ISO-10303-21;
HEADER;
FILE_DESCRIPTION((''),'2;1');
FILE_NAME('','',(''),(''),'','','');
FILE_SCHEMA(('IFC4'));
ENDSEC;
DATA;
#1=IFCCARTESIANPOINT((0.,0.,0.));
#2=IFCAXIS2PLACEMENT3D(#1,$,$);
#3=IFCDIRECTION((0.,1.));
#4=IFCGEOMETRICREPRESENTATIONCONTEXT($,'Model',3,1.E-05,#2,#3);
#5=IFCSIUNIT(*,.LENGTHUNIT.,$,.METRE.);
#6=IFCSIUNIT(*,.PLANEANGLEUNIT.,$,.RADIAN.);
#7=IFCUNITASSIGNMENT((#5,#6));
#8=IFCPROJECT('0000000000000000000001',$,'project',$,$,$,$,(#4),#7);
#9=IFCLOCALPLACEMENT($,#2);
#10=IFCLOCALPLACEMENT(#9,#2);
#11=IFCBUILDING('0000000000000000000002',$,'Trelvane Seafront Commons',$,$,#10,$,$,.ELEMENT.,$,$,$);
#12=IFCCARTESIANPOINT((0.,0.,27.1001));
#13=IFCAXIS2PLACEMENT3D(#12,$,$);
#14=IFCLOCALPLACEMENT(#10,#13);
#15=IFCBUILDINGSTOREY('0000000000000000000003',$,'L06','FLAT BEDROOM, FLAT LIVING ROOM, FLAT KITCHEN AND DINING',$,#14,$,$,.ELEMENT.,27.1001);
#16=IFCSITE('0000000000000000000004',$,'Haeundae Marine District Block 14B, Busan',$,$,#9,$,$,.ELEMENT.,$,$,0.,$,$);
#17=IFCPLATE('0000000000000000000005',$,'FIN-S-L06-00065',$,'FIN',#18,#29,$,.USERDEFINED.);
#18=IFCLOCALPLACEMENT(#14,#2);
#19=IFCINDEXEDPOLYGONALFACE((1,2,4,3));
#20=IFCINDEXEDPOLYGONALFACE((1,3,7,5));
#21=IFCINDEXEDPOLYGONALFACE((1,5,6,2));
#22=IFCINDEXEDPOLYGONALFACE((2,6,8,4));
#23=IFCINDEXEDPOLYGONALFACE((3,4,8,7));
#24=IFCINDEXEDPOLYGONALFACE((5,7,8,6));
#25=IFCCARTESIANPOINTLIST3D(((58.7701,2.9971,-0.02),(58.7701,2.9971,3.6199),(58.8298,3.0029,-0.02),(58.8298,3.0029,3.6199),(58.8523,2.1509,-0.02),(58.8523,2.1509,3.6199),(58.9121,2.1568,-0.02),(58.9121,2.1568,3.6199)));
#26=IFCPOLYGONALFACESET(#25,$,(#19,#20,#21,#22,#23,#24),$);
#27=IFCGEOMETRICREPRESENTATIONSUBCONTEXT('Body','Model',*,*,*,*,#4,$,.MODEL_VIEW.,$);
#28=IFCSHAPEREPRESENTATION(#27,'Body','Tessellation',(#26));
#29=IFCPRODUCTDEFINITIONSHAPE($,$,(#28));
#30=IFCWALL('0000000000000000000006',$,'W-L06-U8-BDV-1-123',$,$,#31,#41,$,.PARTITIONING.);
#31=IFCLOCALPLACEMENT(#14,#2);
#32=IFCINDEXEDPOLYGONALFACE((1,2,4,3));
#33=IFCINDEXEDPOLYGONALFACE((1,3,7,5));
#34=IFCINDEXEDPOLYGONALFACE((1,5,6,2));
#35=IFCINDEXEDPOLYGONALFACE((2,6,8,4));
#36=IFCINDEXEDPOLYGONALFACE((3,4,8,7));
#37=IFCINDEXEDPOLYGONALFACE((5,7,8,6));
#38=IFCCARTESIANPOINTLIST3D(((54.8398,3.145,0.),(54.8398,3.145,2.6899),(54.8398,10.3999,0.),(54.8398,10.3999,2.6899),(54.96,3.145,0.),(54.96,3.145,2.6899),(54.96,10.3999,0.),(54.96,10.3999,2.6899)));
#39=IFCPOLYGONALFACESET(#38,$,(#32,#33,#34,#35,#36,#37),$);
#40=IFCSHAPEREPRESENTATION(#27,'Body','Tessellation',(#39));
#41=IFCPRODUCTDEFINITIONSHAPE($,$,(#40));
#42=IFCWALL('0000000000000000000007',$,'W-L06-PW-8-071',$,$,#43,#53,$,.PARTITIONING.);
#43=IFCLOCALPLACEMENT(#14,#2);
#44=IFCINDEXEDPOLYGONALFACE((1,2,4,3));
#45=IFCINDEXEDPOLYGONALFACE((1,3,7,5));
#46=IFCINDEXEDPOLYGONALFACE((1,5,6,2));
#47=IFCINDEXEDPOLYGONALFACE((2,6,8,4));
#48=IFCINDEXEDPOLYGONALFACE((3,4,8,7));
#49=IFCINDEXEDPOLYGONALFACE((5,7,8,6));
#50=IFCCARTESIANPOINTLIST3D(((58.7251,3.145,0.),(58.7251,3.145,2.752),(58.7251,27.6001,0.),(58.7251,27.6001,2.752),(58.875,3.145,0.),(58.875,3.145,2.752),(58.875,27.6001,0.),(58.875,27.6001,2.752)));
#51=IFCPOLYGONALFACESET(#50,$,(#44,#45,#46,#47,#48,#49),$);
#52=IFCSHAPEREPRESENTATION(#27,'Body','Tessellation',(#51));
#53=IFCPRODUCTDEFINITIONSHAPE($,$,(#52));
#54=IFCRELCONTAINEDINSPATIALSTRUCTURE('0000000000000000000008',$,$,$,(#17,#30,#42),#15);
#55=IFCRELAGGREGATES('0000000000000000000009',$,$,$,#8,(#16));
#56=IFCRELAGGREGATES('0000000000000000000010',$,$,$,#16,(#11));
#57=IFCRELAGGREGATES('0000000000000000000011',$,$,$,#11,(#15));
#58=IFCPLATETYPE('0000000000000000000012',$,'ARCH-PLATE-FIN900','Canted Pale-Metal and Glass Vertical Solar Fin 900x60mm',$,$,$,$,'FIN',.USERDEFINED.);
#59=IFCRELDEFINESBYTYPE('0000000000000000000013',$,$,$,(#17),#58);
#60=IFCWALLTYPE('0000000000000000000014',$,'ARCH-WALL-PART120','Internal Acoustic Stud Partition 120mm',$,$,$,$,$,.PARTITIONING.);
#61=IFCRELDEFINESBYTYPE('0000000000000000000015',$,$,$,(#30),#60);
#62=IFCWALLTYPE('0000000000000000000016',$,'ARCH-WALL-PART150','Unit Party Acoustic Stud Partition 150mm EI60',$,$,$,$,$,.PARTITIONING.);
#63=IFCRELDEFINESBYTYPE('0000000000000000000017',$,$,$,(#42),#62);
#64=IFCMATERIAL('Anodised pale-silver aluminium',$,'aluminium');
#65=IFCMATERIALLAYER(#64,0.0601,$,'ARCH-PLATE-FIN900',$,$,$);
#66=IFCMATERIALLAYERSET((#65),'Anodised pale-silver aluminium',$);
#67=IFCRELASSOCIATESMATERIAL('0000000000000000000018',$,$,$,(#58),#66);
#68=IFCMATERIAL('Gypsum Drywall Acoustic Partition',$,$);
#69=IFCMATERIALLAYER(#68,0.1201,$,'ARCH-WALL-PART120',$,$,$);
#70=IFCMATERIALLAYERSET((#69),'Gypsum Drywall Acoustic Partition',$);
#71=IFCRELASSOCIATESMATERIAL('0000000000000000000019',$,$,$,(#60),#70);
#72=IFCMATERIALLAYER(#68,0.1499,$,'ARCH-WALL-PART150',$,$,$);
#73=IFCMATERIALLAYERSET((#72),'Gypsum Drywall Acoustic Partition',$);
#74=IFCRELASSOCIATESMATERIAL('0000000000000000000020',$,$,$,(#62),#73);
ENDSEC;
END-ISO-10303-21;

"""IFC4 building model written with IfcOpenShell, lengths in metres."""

from ifc_helpers import new_model, si_unit, direction, frame, frame_2d, origin, origin_2d, place, context, subcontext, project, spatial, rectangle, extrude, source, transform, mapped, material, layer, layer_set, type_object, element, save


model = new_model("IFC4")

# Units and contexts
model_context = context("Model", 3, precision=1e-05, world=origin(), true_north=direction((0.0, 1.0)))
body_context = subcontext(model_context, "Body", "Model", "MODEL_VIEW")
ifc_project = project(units=[si_unit("LENGTHUNIT", "METRE"), si_unit("PLANEANGLEUNIT", "RADIAN")], contexts=[model_context])

# Site, building, storey
site_placement = place(None, origin())
site = spatial("IfcSite", under=ifc_project, at=site_placement, Name="Haeundae Marine District Block 14B, Busan", CompositionType="ELEMENT", RefElevation=0.0)
building_placement = place(site_placement, origin())
building = spatial("IfcBuilding", under=site, at=building_placement, Name="Trelvane Seafront Commons", CompositionType="ELEMENT")
storey_placement = place(building_placement, frame((0.0, 0.0, 27.1001)))
storey = spatial("IfcBuildingStorey", under=building, at=storey_placement, Name="L06", Description="FLAT BEDROOM, FLAT LIVING ROOM, FLAT KITCHEN AND DINING", CompositionType="ELEMENT", Elevation=27.1001)

# Plate
ifc_material_1 = material(Name="Anodised pale-silver aluminium", Category="aluminium")
ifc_layer_1 = layer(ifc_material_1, 0.0601, Name="ARCH-PLATE-FIN900")
ifc_layer_set_1 = layer_set([ifc_layer_1], Name="Anodised pale-silver aluminium")
plate_type = type_object("IfcPlateType", Name="ARCH-PLATE-FIN900", Description="Canted Pale-Metal and Glass Vertical Solar Fin 900x60mm", ElementType="FIN", PredefinedType="USERDEFINED", material=ifc_layer_set_1)
shared_shape_1 = source(origin(), body_context, "Body", "SweptSolid", [
    extrude(rectangle(XDim=0.8501, YDim=0.0601, at=origin_2d()), origin(), (0.0, 0.0, 1.0), 3.6399),
])
plate_placement = place(storey_placement, frame((58.8411, 2.5769, -0.02), z_axis=(0.0, 0.0, 1.0), x_axis=(0.096707, -0.995313, 0.0)))
element("IfcPlate", 1, at=plate_placement, inside=storey, type_object=plate_type, Name="FIN-S-L06-00065", ObjectType="FIN", PredefinedType="USERDEFINED", context=body_context, shape_type="MappedRepresentation", body=[
    mapped(shared_shape_1, transform((0.0, 0.0, 0.0), x_axis=(1.0, 0.0, 0.0), y_axis=(0.0, 1.0, 0.0), z_axis=(0.0, 0.0, 1.0), scale=1.0)),
])

# Shared definitions
ifc_material_2 = material(Name="Gypsum Drywall Acoustic Partition")
ifc_layer_2 = layer(ifc_material_2, 0.1201, Name="ARCH-WALL-PART120")
ifc_layer_set_2 = layer_set([ifc_layer_2], Name="Gypsum Drywall Acoustic Partition")
wall_type_1 = type_object("IfcWallType", Name="ARCH-WALL-PART120", Description="Internal Acoustic Stud Partition 120mm", PredefinedType="PARTITIONING", material=ifc_layer_set_2)

# Walls
wall_1_placement = place(storey_placement, frame((54.8999, 3.145, 0.0), z_axis=(0.0, 0.0, 1.0), x_axis=(0.0, 1.0, 0.0)))
element("IfcWall", 2, at=wall_1_placement, inside=storey, type_object=wall_type_1, Name="W-L06-U8-BDV-1-123", PredefinedType="PARTITIONING", context=body_context, shape_type="SweptSolid", body=[
    extrude(rectangle(XDim=7.2549, YDim=0.1201, at=frame_2d((3.6274, 0.0))), origin(), (0.0, 0.0, 1.0), 2.6899),
])
ifc_layer_3 = layer(ifc_material_2, 0.1499, Name="ARCH-WALL-PART150")
ifc_layer_set_3 = layer_set([ifc_layer_3], Name="Gypsum Drywall Acoustic Partition")
wall_type_2 = type_object("IfcWallType", Name="ARCH-WALL-PART150", Description="Unit Party Acoustic Stud Partition 150mm EI60", PredefinedType="PARTITIONING", material=ifc_layer_set_3)
wall_2_placement = place(storey_placement, frame((58.8, 3.145, 0.0), z_axis=(0.0, 0.0, 1.0), x_axis=(0.0, 1.0, 0.0)))
element("IfcWall", 3, at=wall_2_placement, inside=storey, type_object=wall_type_2, Name="W-L06-PW-8-071", PredefinedType="PARTITIONING", context=body_context, shape_type="SweptSolid", body=[
    extrude(rectangle(XDim=24.4551, YDim=0.1499, at=frame_2d((12.2275, 0.0))), origin(), (0.0, 0.0, 1.0), 2.752),
])

save(model, "model.ifc")
